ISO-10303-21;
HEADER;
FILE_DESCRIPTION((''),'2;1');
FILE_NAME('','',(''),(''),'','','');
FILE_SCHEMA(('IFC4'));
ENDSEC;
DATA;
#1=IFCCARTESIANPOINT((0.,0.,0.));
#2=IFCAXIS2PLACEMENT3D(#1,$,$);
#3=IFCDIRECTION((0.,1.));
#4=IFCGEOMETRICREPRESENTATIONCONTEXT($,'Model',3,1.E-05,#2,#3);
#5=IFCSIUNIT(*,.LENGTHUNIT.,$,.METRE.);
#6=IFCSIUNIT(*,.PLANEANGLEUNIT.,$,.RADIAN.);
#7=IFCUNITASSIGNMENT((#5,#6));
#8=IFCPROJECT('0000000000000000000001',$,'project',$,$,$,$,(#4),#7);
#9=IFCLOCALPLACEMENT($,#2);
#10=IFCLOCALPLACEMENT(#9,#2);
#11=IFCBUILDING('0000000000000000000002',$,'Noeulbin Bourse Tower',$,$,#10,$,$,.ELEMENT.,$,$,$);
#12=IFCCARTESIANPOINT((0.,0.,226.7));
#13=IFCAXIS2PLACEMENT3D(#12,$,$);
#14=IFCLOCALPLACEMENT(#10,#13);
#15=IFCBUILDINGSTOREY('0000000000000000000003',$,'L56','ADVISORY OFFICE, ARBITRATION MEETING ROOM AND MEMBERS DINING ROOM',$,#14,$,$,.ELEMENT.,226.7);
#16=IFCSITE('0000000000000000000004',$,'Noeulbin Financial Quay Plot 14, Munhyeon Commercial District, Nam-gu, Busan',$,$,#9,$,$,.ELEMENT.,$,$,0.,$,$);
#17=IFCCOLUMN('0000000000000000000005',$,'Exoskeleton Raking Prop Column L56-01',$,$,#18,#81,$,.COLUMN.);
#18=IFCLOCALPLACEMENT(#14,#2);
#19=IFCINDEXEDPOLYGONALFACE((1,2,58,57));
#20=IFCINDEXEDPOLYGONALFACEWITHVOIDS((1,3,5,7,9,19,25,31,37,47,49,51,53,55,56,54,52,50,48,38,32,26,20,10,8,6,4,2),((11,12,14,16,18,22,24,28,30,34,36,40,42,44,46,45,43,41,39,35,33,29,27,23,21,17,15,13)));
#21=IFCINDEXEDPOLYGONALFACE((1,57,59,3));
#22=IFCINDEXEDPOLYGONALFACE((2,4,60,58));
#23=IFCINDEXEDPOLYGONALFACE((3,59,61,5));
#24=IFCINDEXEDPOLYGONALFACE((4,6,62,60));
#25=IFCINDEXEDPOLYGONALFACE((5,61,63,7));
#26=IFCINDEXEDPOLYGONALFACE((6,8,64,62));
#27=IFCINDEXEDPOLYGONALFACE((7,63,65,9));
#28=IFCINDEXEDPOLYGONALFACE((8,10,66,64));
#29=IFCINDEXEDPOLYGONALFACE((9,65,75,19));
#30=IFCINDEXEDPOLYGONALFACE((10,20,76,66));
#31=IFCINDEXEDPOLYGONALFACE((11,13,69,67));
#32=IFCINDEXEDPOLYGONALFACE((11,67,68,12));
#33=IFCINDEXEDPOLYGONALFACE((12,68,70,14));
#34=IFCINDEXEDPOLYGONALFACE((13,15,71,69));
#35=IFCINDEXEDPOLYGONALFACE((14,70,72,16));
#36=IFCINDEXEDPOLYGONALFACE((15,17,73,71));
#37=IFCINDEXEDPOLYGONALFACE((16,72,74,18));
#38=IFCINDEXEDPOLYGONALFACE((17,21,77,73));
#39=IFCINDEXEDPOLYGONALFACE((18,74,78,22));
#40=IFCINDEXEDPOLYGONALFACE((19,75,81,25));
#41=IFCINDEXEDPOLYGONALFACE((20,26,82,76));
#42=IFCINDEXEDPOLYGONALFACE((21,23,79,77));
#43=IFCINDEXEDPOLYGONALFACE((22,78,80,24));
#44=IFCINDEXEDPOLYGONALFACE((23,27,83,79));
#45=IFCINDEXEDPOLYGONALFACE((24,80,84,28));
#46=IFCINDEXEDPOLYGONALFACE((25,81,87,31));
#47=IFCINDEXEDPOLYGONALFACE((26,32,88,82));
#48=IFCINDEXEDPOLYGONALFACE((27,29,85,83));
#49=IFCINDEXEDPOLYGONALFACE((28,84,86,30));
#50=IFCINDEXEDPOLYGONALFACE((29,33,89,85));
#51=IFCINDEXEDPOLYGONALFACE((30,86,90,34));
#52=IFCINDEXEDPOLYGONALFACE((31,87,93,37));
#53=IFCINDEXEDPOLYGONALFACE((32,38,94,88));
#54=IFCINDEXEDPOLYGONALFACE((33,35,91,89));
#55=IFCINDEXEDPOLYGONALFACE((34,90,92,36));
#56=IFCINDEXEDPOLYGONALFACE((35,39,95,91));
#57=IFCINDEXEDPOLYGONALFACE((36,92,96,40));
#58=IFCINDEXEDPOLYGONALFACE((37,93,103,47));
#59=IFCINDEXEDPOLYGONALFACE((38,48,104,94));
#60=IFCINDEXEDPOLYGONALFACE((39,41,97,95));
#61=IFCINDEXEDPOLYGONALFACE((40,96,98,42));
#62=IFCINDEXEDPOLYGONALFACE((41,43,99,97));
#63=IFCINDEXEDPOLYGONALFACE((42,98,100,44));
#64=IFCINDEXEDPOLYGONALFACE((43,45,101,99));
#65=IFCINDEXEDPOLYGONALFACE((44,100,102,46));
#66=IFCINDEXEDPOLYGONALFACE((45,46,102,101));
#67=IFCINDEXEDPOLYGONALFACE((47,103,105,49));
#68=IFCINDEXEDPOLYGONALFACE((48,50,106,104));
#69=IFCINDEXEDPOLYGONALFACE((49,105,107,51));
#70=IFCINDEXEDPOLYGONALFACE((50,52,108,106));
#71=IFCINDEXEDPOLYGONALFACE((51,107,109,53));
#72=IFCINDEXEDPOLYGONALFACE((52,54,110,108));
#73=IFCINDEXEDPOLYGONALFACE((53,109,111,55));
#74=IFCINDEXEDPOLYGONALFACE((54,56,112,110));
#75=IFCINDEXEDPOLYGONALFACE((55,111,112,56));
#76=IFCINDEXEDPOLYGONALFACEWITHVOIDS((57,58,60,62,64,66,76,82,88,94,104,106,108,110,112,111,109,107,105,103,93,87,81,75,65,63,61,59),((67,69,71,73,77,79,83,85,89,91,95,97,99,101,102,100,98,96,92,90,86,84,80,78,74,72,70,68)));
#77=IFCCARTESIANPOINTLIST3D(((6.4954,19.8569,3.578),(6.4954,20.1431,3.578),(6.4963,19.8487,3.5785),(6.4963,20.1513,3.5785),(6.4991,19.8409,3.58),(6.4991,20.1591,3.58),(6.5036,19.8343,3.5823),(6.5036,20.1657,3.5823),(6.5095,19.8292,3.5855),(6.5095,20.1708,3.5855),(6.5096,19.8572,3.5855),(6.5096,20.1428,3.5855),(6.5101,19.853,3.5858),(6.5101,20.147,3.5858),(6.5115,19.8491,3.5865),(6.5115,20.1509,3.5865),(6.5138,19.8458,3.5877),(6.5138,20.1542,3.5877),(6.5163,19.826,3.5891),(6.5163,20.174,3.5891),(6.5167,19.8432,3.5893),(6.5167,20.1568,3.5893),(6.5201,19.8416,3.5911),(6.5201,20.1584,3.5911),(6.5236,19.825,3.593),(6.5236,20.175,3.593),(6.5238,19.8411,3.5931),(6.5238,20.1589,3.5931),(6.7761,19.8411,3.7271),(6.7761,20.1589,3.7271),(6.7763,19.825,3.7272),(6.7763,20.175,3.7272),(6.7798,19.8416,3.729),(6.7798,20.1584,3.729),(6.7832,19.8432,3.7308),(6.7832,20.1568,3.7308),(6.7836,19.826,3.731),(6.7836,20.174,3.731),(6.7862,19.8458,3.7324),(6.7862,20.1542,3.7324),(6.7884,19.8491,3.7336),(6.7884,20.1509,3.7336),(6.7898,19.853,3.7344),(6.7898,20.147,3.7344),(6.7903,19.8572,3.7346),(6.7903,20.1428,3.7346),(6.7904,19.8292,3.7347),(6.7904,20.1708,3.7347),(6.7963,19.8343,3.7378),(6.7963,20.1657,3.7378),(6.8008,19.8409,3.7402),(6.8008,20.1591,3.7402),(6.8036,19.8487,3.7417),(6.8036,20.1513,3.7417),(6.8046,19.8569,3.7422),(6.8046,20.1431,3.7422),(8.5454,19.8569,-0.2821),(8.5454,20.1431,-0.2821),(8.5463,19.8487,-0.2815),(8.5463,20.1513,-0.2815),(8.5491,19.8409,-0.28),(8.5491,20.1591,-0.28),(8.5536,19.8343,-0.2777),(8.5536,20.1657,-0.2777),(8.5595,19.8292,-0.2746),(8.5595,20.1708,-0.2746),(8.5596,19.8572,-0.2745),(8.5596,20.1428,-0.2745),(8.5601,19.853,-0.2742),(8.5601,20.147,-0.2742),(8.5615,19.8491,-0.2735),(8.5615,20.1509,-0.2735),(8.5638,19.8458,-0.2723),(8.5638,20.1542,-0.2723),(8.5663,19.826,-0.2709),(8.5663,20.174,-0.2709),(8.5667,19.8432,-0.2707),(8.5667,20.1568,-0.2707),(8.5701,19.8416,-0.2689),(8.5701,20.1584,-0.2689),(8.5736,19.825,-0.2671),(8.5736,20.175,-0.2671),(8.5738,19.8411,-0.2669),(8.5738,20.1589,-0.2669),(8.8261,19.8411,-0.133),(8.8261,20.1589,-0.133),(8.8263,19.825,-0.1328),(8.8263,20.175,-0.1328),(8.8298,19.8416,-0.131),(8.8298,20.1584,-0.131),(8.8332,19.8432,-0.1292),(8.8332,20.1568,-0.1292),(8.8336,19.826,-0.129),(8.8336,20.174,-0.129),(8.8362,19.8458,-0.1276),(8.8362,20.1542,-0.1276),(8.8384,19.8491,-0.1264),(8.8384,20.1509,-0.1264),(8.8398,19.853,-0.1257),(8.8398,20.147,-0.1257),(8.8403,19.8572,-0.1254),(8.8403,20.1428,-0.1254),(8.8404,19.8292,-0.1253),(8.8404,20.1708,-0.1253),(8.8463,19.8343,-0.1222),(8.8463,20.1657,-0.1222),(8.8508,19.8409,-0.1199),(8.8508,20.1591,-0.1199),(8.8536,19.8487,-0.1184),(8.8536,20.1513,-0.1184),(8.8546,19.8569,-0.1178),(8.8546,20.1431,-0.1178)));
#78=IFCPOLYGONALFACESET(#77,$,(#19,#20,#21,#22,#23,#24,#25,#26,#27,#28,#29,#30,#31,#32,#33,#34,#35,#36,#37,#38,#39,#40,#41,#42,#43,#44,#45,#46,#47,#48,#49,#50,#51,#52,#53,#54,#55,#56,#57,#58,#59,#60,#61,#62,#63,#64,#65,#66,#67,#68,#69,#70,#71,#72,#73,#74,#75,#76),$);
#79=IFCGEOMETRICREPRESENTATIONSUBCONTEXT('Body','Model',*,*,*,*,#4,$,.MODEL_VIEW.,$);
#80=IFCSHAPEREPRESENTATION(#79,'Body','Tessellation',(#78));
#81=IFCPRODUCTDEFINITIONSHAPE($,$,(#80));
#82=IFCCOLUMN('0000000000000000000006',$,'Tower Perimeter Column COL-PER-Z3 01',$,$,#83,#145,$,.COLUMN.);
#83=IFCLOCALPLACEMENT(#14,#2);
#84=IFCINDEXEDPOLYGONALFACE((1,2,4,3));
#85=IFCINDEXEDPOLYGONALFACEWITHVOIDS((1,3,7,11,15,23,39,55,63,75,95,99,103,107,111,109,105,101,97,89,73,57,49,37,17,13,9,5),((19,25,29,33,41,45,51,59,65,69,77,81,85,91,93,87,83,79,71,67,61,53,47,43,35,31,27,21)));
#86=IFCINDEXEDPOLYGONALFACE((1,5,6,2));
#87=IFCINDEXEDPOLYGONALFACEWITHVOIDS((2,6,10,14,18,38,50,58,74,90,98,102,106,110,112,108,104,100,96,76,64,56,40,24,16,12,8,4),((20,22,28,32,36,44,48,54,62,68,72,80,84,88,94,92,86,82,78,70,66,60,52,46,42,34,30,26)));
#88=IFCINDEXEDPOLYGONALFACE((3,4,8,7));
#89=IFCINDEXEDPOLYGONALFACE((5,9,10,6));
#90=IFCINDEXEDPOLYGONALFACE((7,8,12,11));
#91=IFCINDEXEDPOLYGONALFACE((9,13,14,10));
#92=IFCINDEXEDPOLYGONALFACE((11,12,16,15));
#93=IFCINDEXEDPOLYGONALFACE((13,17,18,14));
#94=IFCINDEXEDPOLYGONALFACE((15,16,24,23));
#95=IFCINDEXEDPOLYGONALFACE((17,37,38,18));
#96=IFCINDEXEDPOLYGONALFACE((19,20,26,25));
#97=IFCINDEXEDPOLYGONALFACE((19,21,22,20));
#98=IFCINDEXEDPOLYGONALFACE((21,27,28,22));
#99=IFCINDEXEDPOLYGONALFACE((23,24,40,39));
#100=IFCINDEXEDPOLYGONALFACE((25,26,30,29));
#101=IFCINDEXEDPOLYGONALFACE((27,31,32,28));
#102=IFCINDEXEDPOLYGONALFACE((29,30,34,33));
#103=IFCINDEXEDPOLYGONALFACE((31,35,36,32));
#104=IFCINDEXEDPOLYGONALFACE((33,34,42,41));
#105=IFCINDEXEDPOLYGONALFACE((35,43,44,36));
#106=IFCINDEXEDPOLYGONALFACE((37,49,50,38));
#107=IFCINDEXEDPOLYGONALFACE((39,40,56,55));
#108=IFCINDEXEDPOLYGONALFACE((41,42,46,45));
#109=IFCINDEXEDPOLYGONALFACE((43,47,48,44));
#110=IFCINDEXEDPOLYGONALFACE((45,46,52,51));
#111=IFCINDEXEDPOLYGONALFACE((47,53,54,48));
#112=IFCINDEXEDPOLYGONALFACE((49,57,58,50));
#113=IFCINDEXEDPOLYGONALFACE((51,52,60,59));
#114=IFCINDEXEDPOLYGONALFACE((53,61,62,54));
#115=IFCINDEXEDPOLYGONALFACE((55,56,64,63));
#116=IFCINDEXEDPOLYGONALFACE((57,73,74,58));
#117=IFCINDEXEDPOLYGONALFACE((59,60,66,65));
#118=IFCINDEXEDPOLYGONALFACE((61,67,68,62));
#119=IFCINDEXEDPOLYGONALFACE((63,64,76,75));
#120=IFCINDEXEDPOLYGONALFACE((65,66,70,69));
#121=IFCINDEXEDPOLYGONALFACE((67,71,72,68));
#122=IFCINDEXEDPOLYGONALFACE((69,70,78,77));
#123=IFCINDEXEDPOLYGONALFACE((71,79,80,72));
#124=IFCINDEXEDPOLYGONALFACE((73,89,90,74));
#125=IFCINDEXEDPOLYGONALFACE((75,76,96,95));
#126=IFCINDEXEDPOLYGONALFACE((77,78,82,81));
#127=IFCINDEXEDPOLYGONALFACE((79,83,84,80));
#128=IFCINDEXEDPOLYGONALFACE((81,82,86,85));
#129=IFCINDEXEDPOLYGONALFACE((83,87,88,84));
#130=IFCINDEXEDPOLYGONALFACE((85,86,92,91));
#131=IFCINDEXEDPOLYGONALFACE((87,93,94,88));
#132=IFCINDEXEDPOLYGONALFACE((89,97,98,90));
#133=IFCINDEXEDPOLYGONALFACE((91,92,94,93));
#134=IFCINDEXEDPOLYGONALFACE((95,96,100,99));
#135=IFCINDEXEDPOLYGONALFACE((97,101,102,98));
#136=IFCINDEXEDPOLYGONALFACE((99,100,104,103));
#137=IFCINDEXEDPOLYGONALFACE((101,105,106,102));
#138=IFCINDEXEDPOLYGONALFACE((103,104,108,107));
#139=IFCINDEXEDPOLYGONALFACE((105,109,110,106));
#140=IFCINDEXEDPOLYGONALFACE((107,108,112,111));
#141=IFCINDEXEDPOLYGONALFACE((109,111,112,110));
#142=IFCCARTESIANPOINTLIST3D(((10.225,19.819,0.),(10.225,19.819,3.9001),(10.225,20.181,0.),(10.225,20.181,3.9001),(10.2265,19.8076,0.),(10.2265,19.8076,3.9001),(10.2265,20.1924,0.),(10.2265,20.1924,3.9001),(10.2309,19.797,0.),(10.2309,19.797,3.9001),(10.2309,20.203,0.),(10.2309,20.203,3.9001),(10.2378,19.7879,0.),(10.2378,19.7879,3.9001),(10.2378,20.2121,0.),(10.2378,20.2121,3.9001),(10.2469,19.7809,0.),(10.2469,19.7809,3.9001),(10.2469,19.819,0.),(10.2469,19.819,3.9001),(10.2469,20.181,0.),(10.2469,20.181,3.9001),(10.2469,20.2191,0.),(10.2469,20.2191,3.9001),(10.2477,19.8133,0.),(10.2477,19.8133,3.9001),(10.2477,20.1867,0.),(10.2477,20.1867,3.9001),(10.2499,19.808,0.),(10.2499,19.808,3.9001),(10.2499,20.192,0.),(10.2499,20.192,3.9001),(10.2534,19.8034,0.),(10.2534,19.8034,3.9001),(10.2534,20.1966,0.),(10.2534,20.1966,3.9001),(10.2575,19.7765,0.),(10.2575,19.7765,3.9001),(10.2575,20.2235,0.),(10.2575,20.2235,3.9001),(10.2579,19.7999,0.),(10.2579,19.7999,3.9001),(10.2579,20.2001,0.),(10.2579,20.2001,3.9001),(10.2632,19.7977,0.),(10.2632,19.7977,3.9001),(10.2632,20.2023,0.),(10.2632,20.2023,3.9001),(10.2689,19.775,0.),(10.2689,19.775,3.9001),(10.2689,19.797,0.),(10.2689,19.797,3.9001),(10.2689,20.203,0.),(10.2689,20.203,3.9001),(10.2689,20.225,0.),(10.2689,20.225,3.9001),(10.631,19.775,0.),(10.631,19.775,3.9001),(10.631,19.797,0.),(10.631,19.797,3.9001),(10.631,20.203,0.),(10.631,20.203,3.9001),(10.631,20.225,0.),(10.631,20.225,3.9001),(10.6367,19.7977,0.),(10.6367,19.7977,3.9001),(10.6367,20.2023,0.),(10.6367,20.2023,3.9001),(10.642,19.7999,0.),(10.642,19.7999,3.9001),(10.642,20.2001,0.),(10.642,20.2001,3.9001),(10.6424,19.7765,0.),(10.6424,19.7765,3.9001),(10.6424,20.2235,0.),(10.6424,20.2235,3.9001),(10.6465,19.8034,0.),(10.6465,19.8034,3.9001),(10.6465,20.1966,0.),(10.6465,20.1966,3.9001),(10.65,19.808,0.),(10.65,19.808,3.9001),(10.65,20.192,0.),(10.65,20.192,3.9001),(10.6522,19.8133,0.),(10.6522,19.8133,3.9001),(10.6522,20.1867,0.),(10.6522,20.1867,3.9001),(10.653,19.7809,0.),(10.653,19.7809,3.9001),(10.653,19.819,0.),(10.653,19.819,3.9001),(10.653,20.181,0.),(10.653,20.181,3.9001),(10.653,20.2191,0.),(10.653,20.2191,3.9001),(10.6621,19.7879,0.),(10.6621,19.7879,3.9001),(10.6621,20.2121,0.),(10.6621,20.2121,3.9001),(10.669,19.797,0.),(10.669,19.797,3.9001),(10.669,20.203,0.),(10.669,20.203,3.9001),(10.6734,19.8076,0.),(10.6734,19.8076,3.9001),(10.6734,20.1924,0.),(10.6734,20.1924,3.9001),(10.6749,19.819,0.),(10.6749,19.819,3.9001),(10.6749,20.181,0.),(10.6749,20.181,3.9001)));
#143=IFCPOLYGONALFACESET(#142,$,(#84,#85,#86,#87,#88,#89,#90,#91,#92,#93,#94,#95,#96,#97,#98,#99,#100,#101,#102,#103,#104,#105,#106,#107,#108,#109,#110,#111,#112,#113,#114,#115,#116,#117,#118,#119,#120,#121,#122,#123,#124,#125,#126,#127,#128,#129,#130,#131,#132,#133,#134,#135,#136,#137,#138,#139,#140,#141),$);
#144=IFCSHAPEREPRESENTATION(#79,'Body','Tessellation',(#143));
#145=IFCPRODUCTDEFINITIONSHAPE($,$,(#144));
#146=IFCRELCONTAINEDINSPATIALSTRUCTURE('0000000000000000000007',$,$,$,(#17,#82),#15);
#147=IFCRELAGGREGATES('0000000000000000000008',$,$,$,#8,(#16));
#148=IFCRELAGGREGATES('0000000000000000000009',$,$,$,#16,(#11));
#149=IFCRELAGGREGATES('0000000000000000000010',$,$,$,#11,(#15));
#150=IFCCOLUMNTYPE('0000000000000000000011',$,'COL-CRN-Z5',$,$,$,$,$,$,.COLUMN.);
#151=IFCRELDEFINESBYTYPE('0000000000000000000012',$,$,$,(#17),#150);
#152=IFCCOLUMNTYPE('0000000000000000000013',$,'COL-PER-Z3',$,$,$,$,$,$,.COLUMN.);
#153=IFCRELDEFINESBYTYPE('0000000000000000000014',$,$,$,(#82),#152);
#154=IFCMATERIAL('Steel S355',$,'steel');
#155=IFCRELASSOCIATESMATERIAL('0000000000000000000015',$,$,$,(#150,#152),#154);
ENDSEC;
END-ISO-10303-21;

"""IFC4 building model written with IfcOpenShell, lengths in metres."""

from ifc_helpers import new_model, si_unit, direction, frame, origin, origin_2d, place, context, subcontext, project, spatial, hollow_rectangle, extrude, material, material_profile, profile_set, type_object, element, save


model = new_model("IFC4")

# Units and contexts
model_context = context("Model", 3, precision=1e-05, world=origin(), true_north=direction((0.0, 1.0)))
body_context = subcontext(model_context, "Body", "Model", "MODEL_VIEW")
ifc_project = project(units=[si_unit("LENGTHUNIT", "METRE"), si_unit("PLANEANGLEUNIT", "RADIAN")], contexts=[model_context])

# Site, building, storey
site_placement = place(None, origin())
site = spatial("IfcSite", under=ifc_project, at=site_placement, Name="Noeulbin Financial Quay Plot 14, Munhyeon Commercial District, Nam-gu, Busan", CompositionType="ELEMENT", RefElevation=0.0)
building_placement = place(site_placement, origin())
building = spatial("IfcBuilding", under=site, at=building_placement, Name="Noeulbin Bourse Tower", CompositionType="ELEMENT")
storey_placement = place(building_placement, frame((0.0, 0.0, 226.7)))
storey = spatial("IfcBuildingStorey", under=building, at=storey_placement, Name="L56", Description="ADVISORY OFFICE, ARBITRATION MEETING ROOM AND MEMBERS DINING ROOM", CompositionType="ELEMENT", Elevation=226.7)

# Columns
ifc_material_1 = material(Name="Steel S355", Category="steel")
ifc_material_profile_1 = material_profile(ifc_material_1, hollow_rectangle(XDim=0.3501, YDim=0.3501, WallThickness=0.0161, InnerFilletRadius=0.0161, OuterFilletRadius=0.032, at=origin_2d()), Name="SHS-350x350x16", Category="LoadBearing")
ifc_profile_set_1 = profile_set([ifc_material_profile_1], Name="Steel S355")
column_type_1 = type_object("IfcColumnType", Name="COL-CRN-Z5", PredefinedType="COLUMN", material=ifc_profile_set_1)
column_1_placement = place(storey_placement, frame((8.7, 20.0, -0.2), z_axis=(-0.469042, 0.0, 0.883176), x_axis=(0.0, -1.0, 0.0)))
element("IfcColumn", 1, at=column_1_placement, inside=storey, type_object=column_type_1, Name="Exoskeleton Raking Prop Column L56-01", PredefinedType="COLUMN", context=body_context, shape_type="SweptSolid", body=[
    extrude(hollow_rectangle(XDim=0.3501, YDim=0.3501, WallThickness=0.0161, InnerFilletRadius=0.0161, OuterFilletRadius=0.032, at=origin_2d()), origin(), (0.0, 0.0, 1.0), 4.3706),
])
ifc_material_profile_2 = material_profile(ifc_material_1, hollow_rectangle(XDim=0.45, YDim=0.45, WallThickness=0.022, InnerFilletRadius=0.022, OuterFilletRadius=0.0439, at=origin_2d()), Name="SHS-450x450x22", Category="LoadBearing")
ifc_profile_set_2 = profile_set([ifc_material_profile_2], Name="Steel S355")
column_type_2 = type_object("IfcColumnType", Name="COL-PER-Z3", PredefinedType="COLUMN", material=ifc_profile_set_2)
column_2_placement = place(storey_placement, frame((10.45, 20.0, 0.0), z_axis=(0.0, 0.0, 1.0), x_axis=(1.0, 0.0, 0.0)))
element("IfcColumn", 2, at=column_2_placement, inside=storey, type_object=column_type_2, Name="Tower Perimeter Column COL-PER-Z3 01", PredefinedType="COLUMN", context=body_context, shape_type="SweptSolid", body=[
    extrude(hollow_rectangle(XDim=0.45, YDim=0.45, WallThickness=0.022, InnerFilletRadius=0.022, OuterFilletRadius=0.0439, at=origin_2d()), origin(), (0.0, 0.0, 1.0), 3.9001),
])

save(model, "model.ifc")
